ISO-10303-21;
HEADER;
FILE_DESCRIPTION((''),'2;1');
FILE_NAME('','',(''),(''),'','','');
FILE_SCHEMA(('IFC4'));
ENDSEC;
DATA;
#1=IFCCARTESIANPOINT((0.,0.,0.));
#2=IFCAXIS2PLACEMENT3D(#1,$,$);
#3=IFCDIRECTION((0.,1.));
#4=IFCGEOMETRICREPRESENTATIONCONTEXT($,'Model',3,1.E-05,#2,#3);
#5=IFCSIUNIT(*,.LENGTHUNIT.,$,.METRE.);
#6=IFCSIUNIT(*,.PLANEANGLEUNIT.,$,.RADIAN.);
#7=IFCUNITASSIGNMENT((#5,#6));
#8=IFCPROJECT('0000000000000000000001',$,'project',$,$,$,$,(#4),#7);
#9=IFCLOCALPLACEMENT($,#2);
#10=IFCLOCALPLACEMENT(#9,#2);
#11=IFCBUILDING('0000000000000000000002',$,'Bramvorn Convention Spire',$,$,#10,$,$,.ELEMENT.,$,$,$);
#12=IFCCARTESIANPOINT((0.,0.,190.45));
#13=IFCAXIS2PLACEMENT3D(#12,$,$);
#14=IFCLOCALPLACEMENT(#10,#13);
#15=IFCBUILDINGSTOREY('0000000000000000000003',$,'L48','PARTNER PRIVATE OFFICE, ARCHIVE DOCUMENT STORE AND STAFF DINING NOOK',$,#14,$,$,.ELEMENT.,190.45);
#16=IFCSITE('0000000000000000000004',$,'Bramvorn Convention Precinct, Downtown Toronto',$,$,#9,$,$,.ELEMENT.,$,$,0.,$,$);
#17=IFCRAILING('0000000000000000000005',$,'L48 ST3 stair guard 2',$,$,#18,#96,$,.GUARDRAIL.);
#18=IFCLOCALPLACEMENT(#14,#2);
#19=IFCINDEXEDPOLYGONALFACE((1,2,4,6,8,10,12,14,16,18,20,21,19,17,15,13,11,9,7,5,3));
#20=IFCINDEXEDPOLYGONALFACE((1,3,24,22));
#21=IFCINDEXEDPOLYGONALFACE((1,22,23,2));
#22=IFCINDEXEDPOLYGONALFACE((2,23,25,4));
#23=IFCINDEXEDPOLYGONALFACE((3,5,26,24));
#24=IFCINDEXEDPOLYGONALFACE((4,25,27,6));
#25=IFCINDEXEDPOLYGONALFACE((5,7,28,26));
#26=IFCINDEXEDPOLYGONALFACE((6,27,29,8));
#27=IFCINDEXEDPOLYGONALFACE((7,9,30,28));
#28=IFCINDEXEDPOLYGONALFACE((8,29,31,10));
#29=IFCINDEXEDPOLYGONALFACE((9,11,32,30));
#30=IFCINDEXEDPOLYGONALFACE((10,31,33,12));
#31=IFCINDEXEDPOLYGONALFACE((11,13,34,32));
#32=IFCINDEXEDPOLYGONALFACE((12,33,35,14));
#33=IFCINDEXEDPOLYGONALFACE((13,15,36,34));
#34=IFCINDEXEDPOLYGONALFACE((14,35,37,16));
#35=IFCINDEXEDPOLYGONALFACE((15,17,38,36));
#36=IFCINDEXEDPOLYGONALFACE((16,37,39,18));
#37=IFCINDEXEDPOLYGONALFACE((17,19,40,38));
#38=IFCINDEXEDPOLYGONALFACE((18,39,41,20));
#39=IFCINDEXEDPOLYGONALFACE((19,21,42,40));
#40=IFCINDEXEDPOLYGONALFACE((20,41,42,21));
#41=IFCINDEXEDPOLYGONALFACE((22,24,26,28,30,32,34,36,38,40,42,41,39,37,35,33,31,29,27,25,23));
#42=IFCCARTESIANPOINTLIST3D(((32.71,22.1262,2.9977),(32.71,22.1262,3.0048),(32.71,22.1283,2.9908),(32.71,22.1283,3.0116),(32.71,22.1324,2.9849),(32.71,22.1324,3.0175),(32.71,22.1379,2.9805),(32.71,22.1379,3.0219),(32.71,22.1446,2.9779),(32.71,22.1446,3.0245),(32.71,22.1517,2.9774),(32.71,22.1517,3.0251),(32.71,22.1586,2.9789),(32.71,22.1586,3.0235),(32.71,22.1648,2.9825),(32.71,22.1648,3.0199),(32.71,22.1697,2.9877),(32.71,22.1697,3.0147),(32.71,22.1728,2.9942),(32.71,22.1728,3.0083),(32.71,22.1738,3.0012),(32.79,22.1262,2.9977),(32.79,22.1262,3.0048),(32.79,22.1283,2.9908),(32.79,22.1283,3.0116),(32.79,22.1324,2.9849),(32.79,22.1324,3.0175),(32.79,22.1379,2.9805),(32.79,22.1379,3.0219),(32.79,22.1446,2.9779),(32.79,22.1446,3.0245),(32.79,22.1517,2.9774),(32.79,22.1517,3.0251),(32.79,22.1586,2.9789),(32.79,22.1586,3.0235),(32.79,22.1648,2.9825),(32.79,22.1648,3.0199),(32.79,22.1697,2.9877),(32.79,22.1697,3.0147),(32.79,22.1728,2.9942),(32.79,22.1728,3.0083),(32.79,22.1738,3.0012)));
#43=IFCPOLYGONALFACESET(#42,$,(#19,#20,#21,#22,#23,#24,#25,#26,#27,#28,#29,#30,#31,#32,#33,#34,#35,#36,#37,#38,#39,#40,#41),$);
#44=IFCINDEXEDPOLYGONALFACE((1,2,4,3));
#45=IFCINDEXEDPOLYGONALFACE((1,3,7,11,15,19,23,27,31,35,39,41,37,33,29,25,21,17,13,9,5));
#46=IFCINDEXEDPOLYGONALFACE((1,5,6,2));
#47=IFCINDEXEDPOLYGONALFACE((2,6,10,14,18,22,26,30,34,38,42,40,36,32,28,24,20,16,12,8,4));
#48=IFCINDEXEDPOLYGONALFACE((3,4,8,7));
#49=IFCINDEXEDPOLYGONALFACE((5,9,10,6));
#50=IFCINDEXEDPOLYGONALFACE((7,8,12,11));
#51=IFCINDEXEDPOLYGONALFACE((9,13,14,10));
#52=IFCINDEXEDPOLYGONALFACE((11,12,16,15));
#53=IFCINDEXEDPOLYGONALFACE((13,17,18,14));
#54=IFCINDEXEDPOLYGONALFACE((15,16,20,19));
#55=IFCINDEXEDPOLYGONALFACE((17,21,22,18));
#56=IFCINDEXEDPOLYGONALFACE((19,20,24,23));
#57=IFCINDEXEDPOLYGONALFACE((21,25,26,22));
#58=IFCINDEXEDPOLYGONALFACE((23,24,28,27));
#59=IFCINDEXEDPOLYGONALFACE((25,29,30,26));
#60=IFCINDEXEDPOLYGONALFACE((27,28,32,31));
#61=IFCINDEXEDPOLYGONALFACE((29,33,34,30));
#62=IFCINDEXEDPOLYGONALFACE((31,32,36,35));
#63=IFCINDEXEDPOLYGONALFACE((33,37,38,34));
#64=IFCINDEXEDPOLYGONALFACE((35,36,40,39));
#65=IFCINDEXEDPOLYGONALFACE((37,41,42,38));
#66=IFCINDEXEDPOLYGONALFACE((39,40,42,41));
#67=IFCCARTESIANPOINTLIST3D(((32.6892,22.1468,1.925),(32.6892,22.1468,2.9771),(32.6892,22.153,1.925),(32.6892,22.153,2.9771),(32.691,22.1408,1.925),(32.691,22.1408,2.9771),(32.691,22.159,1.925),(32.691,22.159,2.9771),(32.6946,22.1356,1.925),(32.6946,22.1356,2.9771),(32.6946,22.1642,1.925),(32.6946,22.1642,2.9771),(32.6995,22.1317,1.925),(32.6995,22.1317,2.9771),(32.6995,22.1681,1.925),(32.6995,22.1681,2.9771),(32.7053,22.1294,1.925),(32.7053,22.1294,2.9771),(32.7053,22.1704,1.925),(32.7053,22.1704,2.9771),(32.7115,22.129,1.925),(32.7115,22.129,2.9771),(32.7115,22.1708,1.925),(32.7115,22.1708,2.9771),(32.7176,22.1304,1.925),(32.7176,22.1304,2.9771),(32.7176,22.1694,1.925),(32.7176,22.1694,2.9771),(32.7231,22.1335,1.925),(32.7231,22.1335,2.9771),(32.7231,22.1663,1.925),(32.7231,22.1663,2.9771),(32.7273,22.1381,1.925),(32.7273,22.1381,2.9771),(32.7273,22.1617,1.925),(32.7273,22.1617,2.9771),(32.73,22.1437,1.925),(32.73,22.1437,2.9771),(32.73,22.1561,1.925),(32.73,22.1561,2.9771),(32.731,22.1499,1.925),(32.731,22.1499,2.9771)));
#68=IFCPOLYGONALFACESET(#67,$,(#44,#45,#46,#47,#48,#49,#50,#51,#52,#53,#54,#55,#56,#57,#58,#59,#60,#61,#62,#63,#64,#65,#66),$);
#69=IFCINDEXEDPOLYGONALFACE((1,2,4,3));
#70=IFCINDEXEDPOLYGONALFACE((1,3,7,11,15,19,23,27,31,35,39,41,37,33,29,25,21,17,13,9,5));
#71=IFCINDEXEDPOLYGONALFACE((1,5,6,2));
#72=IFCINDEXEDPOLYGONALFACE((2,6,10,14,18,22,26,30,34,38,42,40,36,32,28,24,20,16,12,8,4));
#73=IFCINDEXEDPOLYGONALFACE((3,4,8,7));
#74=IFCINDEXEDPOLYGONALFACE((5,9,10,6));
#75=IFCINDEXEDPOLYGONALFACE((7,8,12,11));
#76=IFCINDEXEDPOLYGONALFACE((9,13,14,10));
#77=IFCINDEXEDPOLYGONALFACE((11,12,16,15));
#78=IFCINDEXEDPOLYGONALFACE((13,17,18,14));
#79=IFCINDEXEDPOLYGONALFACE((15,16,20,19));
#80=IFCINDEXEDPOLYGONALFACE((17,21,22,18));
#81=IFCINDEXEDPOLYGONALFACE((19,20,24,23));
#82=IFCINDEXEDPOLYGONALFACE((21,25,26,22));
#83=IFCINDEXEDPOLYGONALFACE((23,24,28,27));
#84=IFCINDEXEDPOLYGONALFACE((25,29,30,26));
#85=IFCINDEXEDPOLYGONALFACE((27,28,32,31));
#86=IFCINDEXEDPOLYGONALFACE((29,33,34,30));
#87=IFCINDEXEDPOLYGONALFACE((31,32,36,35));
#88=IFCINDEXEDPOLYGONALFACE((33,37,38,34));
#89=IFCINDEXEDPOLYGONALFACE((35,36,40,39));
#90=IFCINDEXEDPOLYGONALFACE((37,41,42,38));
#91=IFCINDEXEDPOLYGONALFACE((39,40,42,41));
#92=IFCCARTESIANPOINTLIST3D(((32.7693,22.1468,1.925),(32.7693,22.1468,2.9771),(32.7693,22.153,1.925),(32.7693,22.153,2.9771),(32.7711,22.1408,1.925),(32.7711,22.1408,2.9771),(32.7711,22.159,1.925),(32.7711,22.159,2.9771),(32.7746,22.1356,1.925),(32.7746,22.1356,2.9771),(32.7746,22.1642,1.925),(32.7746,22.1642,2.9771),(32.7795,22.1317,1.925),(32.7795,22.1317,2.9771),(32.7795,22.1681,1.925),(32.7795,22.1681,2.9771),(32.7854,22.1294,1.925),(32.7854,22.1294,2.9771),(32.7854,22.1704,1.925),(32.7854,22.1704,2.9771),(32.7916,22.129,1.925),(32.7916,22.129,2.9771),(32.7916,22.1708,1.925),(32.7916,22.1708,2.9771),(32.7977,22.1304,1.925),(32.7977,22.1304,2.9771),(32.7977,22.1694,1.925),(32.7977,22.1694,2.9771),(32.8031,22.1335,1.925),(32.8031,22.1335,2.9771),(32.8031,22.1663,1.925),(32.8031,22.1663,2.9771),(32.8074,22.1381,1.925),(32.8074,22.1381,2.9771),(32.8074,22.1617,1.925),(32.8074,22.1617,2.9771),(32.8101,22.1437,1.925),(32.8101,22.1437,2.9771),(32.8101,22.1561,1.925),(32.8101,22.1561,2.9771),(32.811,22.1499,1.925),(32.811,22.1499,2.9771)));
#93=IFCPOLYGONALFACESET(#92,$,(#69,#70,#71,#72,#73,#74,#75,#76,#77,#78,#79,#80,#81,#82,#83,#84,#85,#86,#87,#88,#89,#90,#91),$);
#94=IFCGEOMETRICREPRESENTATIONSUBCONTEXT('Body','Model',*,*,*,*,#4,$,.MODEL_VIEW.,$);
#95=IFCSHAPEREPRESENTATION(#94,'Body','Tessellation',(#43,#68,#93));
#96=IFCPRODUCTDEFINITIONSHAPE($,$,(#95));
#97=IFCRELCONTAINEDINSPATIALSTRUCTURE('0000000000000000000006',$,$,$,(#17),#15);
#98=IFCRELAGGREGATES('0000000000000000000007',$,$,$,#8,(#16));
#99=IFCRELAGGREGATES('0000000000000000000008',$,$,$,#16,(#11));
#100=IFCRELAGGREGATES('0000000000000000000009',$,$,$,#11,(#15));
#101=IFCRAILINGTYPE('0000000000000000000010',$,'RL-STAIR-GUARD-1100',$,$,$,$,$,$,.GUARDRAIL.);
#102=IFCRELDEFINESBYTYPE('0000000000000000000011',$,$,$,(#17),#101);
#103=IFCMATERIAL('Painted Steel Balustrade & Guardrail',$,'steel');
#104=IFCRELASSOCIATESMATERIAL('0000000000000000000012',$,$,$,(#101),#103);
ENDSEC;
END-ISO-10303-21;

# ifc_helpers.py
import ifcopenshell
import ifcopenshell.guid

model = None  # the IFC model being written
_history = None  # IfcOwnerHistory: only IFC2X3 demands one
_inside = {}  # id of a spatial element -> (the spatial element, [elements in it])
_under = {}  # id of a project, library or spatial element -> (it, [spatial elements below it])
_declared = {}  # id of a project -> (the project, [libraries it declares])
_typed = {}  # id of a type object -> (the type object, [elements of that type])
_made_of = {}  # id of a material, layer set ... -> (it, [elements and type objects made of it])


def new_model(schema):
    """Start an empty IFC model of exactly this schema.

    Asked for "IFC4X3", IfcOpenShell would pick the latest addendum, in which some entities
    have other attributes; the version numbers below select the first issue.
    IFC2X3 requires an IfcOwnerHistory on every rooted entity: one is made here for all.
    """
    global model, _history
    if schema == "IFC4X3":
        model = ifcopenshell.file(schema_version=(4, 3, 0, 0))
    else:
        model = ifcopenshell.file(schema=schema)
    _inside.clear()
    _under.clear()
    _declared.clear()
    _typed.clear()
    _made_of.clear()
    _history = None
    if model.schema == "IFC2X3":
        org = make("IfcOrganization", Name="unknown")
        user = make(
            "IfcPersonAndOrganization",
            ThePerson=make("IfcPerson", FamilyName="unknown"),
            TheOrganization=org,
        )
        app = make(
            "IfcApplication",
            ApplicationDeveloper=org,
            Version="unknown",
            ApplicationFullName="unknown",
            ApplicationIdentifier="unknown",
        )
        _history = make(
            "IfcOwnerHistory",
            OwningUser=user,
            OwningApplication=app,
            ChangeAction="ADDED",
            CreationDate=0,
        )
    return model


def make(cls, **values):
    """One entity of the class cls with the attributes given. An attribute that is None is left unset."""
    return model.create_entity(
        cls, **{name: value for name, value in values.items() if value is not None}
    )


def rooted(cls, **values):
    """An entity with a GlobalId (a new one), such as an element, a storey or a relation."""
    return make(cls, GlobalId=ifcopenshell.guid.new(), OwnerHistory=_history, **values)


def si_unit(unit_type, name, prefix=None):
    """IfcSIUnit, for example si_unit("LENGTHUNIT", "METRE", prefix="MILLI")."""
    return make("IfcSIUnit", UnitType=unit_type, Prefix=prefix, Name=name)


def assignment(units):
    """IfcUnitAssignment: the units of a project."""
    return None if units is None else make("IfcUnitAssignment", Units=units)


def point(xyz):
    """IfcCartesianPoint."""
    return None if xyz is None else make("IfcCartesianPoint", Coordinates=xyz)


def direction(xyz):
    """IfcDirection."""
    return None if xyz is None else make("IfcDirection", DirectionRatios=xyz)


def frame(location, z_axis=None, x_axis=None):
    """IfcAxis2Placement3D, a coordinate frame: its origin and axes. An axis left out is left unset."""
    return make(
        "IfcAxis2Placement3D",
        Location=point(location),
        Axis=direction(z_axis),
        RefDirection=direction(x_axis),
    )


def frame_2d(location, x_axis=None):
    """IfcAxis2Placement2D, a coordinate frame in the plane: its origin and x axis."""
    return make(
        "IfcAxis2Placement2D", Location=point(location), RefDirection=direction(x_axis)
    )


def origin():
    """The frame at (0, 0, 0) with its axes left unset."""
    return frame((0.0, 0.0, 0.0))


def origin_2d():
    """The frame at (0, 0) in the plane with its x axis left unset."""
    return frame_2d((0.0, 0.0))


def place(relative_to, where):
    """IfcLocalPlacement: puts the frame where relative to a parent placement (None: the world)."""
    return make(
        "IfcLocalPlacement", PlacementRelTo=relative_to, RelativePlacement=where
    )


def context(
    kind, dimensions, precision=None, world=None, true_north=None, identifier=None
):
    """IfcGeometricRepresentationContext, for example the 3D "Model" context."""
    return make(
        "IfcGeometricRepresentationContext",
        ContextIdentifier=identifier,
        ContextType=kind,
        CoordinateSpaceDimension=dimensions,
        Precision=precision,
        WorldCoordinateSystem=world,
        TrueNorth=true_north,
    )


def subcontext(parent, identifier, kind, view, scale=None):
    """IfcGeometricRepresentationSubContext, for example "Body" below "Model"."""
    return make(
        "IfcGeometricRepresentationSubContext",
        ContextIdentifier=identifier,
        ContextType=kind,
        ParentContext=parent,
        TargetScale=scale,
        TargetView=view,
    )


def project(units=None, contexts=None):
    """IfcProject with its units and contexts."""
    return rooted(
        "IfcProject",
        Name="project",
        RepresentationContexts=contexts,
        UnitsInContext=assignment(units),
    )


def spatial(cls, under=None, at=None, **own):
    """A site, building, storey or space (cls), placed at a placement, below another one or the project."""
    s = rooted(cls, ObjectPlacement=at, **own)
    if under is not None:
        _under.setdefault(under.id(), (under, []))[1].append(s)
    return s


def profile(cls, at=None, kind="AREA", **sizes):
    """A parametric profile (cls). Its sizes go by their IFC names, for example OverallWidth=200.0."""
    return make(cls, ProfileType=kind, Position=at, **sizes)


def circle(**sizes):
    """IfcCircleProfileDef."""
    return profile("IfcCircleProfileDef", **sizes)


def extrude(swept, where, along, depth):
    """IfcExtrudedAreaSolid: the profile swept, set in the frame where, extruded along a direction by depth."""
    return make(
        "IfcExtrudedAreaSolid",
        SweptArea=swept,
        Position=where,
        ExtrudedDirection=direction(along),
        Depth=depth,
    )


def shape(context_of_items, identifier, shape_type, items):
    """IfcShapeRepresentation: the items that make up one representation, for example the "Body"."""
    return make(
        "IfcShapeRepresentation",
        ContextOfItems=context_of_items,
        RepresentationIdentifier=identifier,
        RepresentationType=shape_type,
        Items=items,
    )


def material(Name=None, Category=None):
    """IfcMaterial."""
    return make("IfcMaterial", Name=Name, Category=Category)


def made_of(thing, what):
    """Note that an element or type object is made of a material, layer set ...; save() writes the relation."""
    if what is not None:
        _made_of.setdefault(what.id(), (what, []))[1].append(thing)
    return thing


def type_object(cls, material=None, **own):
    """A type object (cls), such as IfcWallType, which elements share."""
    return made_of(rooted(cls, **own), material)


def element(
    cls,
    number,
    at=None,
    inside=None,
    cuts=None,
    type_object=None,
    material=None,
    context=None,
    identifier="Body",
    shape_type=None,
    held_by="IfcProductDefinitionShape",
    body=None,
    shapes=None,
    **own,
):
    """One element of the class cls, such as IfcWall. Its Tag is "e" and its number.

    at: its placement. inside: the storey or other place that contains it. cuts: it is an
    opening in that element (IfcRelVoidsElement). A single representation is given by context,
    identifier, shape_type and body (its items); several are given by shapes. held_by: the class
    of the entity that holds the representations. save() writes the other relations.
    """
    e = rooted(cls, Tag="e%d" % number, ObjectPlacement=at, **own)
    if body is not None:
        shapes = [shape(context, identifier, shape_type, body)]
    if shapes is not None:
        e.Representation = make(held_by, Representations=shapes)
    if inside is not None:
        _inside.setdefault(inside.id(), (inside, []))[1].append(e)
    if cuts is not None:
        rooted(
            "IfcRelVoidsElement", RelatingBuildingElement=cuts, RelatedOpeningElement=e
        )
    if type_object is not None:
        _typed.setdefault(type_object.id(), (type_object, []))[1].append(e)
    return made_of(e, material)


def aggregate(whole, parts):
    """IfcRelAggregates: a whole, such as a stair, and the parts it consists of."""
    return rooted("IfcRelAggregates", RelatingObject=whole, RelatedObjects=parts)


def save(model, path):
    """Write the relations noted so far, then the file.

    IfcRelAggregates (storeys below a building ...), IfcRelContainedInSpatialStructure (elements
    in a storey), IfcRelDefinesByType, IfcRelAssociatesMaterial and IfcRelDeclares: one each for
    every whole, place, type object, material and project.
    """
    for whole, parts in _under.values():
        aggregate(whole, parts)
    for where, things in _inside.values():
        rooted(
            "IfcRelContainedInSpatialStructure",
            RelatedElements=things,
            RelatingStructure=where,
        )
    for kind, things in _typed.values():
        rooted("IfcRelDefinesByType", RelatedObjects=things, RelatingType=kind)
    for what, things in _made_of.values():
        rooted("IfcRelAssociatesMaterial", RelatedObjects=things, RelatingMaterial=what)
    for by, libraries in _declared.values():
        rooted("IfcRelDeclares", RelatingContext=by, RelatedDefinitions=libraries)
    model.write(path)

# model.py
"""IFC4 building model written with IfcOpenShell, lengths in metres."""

from ifc_helpers import new_model, si_unit, direction, frame, origin, origin_2d, place, context, subcontext, project, spatial, circle, extrude, material, type_object, element, save


model = new_model("IFC4")

# Units and contexts
model_context = context("Model", 3, precision=1e-05, world=origin(), true_north=direction((0.0, 1.0)))
body_context = subcontext(model_context, "Body", "Model", "MODEL_VIEW")
ifc_project = project(units=[si_unit("LENGTHUNIT", "METRE"), si_unit("PLANEANGLEUNIT", "RADIAN")], contexts=[model_context])

# Site, building, storey
site_placement = place(None, origin())
site = spatial("IfcSite", under=ifc_project, at=site_placement, Name="Bramvorn Convention Precinct, Downtown Toronto", CompositionType="ELEMENT", RefElevation=0.0)
building_placement = place(site_placement, origin())
building = spatial("IfcBuilding", under=site, at=building_placement, Name="Bramvorn Convention Spire", CompositionType="ELEMENT")
storey_placement = place(building_placement, frame((0.0, 0.0, 190.45)))
storey = spatial("IfcBuildingStorey", under=building, at=storey_placement, Name="L48", Description="PARTNER PRIVATE OFFICE, ARCHIVE DOCUMENT STORE AND STAFF DINING NOOK", CompositionType="ELEMENT", Elevation=190.45)

# Railing
ifc_material_1 = material(Name="Painted Steel Balustrade & Guardrail", Category="steel")
railing_type_1 = type_object("IfcRailingType", Name="RL-STAIR-GUARD-1100", PredefinedType="GUARDRAIL", material=ifc_material_1)
railing_1_placement = place(storey_placement, frame((32.71, 22.1499, 1.925)))
element("IfcRailing", 1, at=railing_1_placement, inside=storey, type_object=railing_type_1, Name="L48 ST3 stair guard 2", PredefinedType="GUARDRAIL", context=body_context, shape_type="SweptSolid", body=[
    extrude(circle(Radius=0.0239, at=origin_2d()), frame((0.0, 0.0, 1.0762), z_axis=(1.0, 0.0, 0.0), x_axis=(0.0, 1.0, 0.0)), (0.0, 0.0, 1.0), 0.0801),
    extrude(circle(Radius=0.021, at=origin_2d()), origin(), (0.0, 0.0, 1.0), 1.052),
    extrude(circle(Radius=0.021, at=origin_2d()), frame((0.0801, 0.0, 0.0)), (0.0, 0.0, 1.0), 1.052),
])

save(model, "model.ifc")
